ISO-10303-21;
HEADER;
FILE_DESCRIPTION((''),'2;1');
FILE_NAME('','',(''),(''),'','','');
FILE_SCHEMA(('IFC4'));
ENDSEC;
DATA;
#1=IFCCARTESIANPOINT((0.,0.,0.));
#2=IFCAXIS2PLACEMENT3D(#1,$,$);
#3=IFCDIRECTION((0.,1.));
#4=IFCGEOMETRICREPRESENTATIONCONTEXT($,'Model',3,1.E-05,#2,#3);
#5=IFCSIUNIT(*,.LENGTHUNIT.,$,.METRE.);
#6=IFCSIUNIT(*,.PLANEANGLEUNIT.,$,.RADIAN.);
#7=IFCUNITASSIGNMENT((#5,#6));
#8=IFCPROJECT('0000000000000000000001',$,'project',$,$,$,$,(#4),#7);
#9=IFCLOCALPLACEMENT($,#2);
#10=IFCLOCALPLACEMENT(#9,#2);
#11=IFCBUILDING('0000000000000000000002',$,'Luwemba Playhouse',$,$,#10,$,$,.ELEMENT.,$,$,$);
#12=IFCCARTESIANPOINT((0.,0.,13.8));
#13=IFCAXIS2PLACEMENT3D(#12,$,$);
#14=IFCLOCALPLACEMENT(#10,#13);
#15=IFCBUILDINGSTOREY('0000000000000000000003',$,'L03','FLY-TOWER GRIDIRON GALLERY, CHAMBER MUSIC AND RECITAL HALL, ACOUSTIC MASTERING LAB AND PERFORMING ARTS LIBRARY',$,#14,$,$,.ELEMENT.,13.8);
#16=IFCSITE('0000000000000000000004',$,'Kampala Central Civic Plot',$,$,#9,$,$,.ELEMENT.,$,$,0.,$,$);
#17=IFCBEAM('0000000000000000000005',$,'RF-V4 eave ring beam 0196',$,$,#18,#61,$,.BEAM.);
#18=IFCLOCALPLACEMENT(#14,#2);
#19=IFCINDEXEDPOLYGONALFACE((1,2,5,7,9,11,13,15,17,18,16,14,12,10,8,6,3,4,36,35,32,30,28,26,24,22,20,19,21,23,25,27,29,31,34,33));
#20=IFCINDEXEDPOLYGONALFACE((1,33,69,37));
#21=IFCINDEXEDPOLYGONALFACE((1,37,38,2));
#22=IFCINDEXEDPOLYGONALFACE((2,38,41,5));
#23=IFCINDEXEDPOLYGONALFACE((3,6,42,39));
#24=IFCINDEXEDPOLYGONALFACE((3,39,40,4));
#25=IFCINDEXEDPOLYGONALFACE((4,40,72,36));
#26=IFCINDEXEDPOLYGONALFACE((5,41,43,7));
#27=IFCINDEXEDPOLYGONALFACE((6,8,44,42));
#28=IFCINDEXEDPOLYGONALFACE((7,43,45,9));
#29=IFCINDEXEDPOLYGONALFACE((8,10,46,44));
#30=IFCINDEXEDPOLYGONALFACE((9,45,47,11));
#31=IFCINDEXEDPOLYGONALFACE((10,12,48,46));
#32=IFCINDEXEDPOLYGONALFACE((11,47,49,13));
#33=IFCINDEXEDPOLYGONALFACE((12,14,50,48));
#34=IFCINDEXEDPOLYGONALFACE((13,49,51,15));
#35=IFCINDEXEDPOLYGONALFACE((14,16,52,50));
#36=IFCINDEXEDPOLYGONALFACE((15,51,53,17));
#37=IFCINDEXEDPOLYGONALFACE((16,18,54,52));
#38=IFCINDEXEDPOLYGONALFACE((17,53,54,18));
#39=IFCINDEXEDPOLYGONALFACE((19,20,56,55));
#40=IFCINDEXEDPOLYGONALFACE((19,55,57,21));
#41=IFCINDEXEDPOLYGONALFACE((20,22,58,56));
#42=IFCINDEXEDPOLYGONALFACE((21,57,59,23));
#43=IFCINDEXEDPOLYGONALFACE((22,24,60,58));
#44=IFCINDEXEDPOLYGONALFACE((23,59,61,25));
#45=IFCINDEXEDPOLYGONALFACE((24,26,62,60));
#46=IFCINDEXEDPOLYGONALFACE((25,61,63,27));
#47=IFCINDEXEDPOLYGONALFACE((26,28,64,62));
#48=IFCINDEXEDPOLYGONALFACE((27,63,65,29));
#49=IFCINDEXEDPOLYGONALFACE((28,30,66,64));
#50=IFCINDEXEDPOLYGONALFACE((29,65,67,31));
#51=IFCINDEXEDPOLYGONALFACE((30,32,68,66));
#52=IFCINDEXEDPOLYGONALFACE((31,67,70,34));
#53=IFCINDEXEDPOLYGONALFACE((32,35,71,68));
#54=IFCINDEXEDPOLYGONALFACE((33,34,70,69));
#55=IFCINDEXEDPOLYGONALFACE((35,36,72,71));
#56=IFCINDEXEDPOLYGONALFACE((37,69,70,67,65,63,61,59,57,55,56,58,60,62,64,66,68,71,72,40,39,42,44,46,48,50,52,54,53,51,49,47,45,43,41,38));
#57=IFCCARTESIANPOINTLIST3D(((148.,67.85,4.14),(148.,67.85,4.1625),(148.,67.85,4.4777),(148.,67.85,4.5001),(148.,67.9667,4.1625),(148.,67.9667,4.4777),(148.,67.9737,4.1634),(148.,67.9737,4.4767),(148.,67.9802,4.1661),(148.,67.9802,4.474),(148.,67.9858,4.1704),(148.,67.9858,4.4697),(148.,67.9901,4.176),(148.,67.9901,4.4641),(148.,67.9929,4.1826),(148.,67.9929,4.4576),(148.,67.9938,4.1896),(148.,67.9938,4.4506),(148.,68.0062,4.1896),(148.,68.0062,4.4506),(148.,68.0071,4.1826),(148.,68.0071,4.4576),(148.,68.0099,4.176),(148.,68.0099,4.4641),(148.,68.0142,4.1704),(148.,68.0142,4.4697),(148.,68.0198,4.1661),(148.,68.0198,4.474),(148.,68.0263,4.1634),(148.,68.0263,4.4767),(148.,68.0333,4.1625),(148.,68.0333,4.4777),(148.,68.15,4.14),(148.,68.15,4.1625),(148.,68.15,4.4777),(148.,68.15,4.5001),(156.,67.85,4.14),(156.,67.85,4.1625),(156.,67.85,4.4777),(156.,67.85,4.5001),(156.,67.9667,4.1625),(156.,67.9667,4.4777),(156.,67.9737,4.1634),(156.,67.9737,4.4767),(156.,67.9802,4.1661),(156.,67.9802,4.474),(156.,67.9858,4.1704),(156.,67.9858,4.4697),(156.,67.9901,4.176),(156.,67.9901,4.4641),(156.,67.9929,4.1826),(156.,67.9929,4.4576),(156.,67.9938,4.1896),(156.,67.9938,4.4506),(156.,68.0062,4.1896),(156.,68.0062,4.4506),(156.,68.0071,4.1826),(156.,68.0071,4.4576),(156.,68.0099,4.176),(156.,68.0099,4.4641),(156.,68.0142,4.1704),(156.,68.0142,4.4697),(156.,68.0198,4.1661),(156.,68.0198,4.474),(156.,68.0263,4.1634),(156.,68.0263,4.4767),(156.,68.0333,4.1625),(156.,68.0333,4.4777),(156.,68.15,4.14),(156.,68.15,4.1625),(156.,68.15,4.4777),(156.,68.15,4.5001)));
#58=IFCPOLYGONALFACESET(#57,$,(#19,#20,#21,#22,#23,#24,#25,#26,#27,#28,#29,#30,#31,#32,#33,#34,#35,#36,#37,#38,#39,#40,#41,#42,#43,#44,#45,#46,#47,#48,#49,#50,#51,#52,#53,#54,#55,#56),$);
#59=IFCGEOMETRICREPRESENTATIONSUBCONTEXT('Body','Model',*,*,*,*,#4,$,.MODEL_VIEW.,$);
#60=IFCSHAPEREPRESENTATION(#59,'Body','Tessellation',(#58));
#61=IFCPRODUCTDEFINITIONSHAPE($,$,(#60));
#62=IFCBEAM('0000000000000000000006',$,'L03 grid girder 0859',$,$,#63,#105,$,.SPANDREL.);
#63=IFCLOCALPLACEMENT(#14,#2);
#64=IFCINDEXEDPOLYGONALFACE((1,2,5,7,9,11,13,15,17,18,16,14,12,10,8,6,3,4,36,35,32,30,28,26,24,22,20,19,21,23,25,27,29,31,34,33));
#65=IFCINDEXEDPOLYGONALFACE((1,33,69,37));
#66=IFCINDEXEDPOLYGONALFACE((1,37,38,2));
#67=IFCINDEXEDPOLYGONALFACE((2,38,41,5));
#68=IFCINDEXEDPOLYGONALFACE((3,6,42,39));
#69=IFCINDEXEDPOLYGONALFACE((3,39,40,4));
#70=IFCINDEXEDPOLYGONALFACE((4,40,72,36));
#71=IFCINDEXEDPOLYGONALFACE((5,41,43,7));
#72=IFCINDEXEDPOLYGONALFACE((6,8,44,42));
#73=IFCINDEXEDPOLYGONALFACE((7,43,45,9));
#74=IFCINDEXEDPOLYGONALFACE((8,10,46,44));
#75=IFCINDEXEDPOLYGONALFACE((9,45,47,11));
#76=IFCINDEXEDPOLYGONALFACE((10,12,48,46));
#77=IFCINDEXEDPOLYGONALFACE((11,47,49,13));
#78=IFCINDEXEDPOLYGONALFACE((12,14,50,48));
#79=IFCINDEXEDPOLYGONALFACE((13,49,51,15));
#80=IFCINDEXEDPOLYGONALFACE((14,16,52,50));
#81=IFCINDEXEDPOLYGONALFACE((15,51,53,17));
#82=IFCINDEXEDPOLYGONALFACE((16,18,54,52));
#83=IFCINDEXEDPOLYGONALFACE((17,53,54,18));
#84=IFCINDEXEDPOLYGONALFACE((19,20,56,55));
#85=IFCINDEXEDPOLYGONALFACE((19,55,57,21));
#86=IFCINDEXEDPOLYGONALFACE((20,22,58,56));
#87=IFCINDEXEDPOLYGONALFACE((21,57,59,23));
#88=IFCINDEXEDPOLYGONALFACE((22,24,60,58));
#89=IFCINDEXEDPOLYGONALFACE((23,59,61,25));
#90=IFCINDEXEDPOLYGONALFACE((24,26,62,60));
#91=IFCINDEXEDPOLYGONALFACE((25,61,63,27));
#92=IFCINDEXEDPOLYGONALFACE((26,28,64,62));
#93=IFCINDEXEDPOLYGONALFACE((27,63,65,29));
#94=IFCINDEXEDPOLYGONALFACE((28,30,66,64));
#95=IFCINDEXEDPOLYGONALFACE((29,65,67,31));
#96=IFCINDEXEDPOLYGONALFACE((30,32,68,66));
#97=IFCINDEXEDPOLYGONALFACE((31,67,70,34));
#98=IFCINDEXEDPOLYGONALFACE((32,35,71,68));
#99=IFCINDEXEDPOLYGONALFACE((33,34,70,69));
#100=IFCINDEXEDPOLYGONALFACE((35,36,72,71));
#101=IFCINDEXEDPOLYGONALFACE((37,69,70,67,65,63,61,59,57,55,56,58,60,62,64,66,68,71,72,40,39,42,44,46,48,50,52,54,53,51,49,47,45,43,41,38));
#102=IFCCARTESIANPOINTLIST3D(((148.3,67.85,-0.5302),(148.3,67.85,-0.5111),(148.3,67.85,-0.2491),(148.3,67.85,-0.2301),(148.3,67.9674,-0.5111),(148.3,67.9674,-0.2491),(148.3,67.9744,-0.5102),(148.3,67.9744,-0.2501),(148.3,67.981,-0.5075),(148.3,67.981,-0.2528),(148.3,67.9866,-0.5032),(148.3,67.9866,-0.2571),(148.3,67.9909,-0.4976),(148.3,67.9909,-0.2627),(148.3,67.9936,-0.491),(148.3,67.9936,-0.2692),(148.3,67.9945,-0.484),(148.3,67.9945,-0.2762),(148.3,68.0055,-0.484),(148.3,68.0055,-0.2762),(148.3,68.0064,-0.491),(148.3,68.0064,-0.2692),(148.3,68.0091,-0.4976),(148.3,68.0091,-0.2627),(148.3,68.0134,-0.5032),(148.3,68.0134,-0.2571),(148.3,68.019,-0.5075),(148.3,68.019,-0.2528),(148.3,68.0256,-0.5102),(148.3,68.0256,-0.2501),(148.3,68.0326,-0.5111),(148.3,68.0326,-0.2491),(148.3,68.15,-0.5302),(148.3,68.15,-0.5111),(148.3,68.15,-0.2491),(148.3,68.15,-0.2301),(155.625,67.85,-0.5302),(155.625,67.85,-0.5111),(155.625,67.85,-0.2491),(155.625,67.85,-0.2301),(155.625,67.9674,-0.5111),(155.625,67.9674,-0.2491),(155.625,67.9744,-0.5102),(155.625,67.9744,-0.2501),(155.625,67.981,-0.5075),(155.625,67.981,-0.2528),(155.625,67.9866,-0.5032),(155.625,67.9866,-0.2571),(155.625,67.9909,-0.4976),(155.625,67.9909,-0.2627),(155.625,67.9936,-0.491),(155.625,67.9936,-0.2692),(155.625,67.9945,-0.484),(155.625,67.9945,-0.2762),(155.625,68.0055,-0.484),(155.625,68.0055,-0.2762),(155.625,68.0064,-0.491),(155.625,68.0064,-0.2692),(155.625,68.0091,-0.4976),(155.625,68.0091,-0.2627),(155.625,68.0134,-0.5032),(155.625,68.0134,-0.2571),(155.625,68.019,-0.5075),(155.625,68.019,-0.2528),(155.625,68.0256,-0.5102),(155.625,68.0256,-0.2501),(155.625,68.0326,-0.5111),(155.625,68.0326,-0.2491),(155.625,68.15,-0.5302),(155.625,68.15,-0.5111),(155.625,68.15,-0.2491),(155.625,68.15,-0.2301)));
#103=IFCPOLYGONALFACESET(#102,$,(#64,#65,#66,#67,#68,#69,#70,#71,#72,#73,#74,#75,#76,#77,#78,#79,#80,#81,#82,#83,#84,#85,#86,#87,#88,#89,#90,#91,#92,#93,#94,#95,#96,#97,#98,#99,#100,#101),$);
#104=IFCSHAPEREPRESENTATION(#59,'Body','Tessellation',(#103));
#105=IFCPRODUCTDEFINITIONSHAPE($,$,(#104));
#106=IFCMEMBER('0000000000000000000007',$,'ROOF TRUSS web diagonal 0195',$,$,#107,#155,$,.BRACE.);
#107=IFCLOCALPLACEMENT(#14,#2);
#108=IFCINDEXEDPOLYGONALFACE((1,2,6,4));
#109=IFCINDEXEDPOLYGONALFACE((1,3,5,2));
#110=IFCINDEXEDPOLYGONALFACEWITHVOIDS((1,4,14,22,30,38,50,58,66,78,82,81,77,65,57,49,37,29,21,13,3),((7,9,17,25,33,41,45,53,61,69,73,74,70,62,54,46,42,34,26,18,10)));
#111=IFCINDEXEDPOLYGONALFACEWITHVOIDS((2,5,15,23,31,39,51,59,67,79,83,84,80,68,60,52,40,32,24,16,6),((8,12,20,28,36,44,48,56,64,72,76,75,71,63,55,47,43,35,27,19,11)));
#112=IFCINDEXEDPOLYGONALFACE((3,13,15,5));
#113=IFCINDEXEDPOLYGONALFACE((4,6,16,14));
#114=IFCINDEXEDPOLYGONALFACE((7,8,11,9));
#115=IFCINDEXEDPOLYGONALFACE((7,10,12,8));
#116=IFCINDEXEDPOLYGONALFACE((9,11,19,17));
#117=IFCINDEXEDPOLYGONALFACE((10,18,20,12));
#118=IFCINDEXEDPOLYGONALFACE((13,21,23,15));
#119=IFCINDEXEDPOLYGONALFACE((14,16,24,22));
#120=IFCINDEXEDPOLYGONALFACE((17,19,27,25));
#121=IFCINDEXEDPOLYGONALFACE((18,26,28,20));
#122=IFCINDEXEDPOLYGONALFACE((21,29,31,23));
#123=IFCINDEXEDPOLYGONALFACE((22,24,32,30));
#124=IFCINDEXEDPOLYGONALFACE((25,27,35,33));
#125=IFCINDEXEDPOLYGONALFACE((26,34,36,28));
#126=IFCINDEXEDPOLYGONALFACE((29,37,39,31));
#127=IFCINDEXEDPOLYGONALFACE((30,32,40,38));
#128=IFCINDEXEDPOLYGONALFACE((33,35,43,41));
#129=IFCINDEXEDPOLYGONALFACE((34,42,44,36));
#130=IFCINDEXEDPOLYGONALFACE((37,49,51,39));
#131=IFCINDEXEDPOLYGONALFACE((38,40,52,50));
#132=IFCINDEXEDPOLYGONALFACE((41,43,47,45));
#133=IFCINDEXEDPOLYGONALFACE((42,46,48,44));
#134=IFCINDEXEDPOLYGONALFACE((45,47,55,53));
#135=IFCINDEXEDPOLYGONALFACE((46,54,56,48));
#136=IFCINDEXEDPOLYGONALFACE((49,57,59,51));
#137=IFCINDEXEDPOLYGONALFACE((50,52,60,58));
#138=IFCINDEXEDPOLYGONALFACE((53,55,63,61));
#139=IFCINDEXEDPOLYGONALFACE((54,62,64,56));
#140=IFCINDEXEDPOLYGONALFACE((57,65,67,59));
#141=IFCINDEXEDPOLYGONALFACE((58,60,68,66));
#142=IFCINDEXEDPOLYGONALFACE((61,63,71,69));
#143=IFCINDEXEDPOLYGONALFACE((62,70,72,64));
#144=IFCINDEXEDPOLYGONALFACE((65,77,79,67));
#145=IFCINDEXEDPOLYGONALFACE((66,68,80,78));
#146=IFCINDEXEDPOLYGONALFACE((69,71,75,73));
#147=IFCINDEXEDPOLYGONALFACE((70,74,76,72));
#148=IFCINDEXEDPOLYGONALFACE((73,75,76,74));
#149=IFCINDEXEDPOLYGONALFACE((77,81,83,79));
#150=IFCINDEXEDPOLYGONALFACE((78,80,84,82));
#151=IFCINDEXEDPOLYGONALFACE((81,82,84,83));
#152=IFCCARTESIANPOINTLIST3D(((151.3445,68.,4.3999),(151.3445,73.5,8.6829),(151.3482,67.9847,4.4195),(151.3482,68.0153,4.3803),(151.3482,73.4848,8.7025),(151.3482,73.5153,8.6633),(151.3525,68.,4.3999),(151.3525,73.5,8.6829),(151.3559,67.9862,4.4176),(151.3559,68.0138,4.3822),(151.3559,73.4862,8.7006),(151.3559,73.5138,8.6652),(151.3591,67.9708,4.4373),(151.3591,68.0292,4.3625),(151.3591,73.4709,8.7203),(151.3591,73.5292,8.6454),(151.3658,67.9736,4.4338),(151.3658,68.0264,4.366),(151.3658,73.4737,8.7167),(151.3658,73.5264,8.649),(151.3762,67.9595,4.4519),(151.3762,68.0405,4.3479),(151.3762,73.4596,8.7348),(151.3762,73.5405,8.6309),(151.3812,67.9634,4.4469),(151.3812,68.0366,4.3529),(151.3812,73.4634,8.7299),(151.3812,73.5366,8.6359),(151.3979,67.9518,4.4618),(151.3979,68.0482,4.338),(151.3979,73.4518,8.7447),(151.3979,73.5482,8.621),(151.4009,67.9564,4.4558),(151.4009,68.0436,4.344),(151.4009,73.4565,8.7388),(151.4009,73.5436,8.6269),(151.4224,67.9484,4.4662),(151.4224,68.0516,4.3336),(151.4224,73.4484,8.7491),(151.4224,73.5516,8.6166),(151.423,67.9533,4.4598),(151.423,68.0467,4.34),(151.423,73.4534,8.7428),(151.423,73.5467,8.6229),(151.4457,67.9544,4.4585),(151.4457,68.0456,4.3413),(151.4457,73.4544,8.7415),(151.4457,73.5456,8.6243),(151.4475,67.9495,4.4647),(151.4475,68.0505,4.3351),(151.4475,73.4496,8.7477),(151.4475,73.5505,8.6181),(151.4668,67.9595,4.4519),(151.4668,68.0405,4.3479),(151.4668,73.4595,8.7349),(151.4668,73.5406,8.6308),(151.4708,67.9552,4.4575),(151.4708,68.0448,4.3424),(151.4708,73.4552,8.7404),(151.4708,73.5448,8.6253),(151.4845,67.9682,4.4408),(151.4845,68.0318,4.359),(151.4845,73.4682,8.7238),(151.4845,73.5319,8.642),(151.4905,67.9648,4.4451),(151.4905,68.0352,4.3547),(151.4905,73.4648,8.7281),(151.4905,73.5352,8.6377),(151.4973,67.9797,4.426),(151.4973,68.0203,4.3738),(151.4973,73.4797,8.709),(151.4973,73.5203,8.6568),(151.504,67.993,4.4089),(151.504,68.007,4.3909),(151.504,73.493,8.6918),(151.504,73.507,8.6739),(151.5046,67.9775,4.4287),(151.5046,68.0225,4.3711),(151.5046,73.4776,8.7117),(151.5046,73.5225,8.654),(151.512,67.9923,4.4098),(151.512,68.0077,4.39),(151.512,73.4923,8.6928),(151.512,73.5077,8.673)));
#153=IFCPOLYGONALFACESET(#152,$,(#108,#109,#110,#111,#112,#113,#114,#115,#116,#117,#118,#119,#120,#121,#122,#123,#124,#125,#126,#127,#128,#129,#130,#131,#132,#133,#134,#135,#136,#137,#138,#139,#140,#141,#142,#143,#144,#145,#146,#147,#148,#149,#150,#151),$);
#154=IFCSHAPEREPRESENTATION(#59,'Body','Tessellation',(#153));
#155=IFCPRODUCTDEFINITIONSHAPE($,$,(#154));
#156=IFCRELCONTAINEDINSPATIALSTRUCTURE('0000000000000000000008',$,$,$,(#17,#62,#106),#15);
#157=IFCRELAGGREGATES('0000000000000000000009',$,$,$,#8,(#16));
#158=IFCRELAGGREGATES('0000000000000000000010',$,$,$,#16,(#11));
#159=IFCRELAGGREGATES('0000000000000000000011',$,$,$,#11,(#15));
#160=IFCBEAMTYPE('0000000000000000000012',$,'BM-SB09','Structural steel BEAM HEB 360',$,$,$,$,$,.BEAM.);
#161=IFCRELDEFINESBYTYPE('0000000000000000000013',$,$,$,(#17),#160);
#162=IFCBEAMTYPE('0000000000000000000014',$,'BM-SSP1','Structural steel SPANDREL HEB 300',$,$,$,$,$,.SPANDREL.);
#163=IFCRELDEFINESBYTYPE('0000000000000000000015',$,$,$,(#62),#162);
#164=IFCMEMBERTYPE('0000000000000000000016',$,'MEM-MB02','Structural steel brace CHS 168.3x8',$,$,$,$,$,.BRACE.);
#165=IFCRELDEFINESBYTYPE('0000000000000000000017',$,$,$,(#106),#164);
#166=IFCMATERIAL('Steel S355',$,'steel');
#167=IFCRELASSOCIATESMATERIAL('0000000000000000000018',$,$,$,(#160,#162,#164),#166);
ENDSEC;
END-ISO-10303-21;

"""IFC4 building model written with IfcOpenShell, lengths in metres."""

from ifc_helpers import new_model, si_unit, direction, frame, origin, origin_2d, place, context, subcontext, project, spatial, hollow_circle, i_section, extrude, material, material_profile, profile_set, type_object, element, save


model = new_model("IFC4")

# Units and contexts
model_context = context("Model", 3, precision=1e-05, world=origin(), true_north=direction((0.0, 1.0)))
body_context = subcontext(model_context, "Body", "Model", "MODEL_VIEW")
ifc_project = project(units=[si_unit("LENGTHUNIT", "METRE"), si_unit("PLANEANGLEUNIT", "RADIAN")], contexts=[model_context])

# Site, building, storey
site_placement = place(None, origin())
site = spatial("IfcSite", under=ifc_project, at=site_placement, Name="Kampala Central Civic Plot", CompositionType="ELEMENT", RefElevation=0.0)
building_placement = place(site_placement, origin())
building = spatial("IfcBuilding", under=site, at=building_placement, Name="Luwemba Playhouse", CompositionType="ELEMENT")
storey_placement = place(building_placement, frame((0.0, 0.0, 13.8)))
storey = spatial("IfcBuildingStorey", under=building, at=storey_placement, Name="L03", Description="FLY-TOWER GRIDIRON GALLERY, CHAMBER MUSIC AND RECITAL HALL, ACOUSTIC MASTERING LAB AND PERFORMING ARTS LIBRARY", CompositionType="ELEMENT", Elevation=13.8)

# Beams
ifc_material_1 = material(Name="Steel S355", Category="steel")
ifc_material_profile_1 = material_profile(ifc_material_1, i_section(OverallWidth=0.3, OverallDepth=0.3601, WebThickness=0.0125, FlangeThickness=0.0225, FilletRadius=0.0271, at=origin_2d()))
ifc_profile_set_1 = profile_set([ifc_material_profile_1], Name="Steel S355")
beam_type_1 = type_object("IfcBeamType", Name="BM-SB09", Description="Structural steel BEAM HEB 360", PredefinedType="BEAM", material=ifc_profile_set_1)
beam_1_placement = place(storey_placement, frame((148.0, 68.0, 4.3201), z_axis=(1.0, 0.0, 0.0), x_axis=(0.0, 1.0, 0.0)))
element("IfcBeam", 1, at=beam_1_placement, inside=storey, type_object=beam_type_1, Name="RF-V4 eave ring beam 0196", PredefinedType="BEAM", context=body_context, shape_type="SweptSolid", body=[
    extrude(i_section(OverallWidth=0.3, OverallDepth=0.3601, WebThickness=0.0125, FlangeThickness=0.0225, FilletRadius=0.0271, at=origin_2d()), origin(), (0.0, 0.0, 1.0), 8.0),
])
ifc_material_profile_2 = material_profile(ifc_material_1, i_section(OverallWidth=0.3, OverallDepth=0.3, WebThickness=0.011, FlangeThickness=0.019, FilletRadius=0.0271, at=origin_2d()))
ifc_profile_set_2 = profile_set([ifc_material_profile_2], Name="Steel S355")
beam_type_2 = type_object("IfcBeamType", Name="BM-SSP1", Description="Structural steel SPANDREL HEB 300", PredefinedType="SPANDREL", material=ifc_profile_set_2)
beam_2_placement = place(storey_placement, frame((148.3, 68.0, -0.3801), z_axis=(1.0, 0.0, 0.0), x_axis=(0.0, 1.0, 0.0)))
element("IfcBeam", 2, at=beam_2_placement, inside=storey, type_object=beam_type_2, Name="L03 grid girder 0859", PredefinedType="SPANDREL", context=body_context, shape_type="SweptSolid", body=[
    extrude(i_section(OverallWidth=0.3, OverallDepth=0.3, WebThickness=0.011, FlangeThickness=0.019, FilletRadius=0.0271, at=origin_2d()), origin(), (0.0, 0.0, 1.0), 7.325),
])

# Member
ifc_material_profile_3 = material_profile(ifc_material_1, hollow_circle(Radius=0.0842, WallThickness=0.0081, at=origin_2d()))
ifc_profile_set_3 = profile_set([ifc_material_profile_3], Name="Steel S355")
member_type_1 = type_object("IfcMemberType", Name="MEM-MB02", Description="Structural steel brace CHS 168.3x8", PredefinedType="BRACE", material=ifc_profile_set_3)
member_1_placement = place(storey_placement, frame((151.4287, 68.0, 4.3999), z_axis=(0.0, 0.788992, 0.614404), x_axis=(-1.0, 0.0, 0.0)))
element("IfcMember", 3, at=member_1_placement, inside=storey, type_object=member_type_1, Name="ROOF TRUSS web diagonal 0195", PredefinedType="BRACE", context=body_context, shape_type="SweptSolid", body=[
    extrude(hollow_circle(Radius=0.0842, WallThickness=0.0081, at=origin_2d()), origin(), (0.0, 0.0, 1.0), 6.9709),
])

save(model, "model.ifc")
